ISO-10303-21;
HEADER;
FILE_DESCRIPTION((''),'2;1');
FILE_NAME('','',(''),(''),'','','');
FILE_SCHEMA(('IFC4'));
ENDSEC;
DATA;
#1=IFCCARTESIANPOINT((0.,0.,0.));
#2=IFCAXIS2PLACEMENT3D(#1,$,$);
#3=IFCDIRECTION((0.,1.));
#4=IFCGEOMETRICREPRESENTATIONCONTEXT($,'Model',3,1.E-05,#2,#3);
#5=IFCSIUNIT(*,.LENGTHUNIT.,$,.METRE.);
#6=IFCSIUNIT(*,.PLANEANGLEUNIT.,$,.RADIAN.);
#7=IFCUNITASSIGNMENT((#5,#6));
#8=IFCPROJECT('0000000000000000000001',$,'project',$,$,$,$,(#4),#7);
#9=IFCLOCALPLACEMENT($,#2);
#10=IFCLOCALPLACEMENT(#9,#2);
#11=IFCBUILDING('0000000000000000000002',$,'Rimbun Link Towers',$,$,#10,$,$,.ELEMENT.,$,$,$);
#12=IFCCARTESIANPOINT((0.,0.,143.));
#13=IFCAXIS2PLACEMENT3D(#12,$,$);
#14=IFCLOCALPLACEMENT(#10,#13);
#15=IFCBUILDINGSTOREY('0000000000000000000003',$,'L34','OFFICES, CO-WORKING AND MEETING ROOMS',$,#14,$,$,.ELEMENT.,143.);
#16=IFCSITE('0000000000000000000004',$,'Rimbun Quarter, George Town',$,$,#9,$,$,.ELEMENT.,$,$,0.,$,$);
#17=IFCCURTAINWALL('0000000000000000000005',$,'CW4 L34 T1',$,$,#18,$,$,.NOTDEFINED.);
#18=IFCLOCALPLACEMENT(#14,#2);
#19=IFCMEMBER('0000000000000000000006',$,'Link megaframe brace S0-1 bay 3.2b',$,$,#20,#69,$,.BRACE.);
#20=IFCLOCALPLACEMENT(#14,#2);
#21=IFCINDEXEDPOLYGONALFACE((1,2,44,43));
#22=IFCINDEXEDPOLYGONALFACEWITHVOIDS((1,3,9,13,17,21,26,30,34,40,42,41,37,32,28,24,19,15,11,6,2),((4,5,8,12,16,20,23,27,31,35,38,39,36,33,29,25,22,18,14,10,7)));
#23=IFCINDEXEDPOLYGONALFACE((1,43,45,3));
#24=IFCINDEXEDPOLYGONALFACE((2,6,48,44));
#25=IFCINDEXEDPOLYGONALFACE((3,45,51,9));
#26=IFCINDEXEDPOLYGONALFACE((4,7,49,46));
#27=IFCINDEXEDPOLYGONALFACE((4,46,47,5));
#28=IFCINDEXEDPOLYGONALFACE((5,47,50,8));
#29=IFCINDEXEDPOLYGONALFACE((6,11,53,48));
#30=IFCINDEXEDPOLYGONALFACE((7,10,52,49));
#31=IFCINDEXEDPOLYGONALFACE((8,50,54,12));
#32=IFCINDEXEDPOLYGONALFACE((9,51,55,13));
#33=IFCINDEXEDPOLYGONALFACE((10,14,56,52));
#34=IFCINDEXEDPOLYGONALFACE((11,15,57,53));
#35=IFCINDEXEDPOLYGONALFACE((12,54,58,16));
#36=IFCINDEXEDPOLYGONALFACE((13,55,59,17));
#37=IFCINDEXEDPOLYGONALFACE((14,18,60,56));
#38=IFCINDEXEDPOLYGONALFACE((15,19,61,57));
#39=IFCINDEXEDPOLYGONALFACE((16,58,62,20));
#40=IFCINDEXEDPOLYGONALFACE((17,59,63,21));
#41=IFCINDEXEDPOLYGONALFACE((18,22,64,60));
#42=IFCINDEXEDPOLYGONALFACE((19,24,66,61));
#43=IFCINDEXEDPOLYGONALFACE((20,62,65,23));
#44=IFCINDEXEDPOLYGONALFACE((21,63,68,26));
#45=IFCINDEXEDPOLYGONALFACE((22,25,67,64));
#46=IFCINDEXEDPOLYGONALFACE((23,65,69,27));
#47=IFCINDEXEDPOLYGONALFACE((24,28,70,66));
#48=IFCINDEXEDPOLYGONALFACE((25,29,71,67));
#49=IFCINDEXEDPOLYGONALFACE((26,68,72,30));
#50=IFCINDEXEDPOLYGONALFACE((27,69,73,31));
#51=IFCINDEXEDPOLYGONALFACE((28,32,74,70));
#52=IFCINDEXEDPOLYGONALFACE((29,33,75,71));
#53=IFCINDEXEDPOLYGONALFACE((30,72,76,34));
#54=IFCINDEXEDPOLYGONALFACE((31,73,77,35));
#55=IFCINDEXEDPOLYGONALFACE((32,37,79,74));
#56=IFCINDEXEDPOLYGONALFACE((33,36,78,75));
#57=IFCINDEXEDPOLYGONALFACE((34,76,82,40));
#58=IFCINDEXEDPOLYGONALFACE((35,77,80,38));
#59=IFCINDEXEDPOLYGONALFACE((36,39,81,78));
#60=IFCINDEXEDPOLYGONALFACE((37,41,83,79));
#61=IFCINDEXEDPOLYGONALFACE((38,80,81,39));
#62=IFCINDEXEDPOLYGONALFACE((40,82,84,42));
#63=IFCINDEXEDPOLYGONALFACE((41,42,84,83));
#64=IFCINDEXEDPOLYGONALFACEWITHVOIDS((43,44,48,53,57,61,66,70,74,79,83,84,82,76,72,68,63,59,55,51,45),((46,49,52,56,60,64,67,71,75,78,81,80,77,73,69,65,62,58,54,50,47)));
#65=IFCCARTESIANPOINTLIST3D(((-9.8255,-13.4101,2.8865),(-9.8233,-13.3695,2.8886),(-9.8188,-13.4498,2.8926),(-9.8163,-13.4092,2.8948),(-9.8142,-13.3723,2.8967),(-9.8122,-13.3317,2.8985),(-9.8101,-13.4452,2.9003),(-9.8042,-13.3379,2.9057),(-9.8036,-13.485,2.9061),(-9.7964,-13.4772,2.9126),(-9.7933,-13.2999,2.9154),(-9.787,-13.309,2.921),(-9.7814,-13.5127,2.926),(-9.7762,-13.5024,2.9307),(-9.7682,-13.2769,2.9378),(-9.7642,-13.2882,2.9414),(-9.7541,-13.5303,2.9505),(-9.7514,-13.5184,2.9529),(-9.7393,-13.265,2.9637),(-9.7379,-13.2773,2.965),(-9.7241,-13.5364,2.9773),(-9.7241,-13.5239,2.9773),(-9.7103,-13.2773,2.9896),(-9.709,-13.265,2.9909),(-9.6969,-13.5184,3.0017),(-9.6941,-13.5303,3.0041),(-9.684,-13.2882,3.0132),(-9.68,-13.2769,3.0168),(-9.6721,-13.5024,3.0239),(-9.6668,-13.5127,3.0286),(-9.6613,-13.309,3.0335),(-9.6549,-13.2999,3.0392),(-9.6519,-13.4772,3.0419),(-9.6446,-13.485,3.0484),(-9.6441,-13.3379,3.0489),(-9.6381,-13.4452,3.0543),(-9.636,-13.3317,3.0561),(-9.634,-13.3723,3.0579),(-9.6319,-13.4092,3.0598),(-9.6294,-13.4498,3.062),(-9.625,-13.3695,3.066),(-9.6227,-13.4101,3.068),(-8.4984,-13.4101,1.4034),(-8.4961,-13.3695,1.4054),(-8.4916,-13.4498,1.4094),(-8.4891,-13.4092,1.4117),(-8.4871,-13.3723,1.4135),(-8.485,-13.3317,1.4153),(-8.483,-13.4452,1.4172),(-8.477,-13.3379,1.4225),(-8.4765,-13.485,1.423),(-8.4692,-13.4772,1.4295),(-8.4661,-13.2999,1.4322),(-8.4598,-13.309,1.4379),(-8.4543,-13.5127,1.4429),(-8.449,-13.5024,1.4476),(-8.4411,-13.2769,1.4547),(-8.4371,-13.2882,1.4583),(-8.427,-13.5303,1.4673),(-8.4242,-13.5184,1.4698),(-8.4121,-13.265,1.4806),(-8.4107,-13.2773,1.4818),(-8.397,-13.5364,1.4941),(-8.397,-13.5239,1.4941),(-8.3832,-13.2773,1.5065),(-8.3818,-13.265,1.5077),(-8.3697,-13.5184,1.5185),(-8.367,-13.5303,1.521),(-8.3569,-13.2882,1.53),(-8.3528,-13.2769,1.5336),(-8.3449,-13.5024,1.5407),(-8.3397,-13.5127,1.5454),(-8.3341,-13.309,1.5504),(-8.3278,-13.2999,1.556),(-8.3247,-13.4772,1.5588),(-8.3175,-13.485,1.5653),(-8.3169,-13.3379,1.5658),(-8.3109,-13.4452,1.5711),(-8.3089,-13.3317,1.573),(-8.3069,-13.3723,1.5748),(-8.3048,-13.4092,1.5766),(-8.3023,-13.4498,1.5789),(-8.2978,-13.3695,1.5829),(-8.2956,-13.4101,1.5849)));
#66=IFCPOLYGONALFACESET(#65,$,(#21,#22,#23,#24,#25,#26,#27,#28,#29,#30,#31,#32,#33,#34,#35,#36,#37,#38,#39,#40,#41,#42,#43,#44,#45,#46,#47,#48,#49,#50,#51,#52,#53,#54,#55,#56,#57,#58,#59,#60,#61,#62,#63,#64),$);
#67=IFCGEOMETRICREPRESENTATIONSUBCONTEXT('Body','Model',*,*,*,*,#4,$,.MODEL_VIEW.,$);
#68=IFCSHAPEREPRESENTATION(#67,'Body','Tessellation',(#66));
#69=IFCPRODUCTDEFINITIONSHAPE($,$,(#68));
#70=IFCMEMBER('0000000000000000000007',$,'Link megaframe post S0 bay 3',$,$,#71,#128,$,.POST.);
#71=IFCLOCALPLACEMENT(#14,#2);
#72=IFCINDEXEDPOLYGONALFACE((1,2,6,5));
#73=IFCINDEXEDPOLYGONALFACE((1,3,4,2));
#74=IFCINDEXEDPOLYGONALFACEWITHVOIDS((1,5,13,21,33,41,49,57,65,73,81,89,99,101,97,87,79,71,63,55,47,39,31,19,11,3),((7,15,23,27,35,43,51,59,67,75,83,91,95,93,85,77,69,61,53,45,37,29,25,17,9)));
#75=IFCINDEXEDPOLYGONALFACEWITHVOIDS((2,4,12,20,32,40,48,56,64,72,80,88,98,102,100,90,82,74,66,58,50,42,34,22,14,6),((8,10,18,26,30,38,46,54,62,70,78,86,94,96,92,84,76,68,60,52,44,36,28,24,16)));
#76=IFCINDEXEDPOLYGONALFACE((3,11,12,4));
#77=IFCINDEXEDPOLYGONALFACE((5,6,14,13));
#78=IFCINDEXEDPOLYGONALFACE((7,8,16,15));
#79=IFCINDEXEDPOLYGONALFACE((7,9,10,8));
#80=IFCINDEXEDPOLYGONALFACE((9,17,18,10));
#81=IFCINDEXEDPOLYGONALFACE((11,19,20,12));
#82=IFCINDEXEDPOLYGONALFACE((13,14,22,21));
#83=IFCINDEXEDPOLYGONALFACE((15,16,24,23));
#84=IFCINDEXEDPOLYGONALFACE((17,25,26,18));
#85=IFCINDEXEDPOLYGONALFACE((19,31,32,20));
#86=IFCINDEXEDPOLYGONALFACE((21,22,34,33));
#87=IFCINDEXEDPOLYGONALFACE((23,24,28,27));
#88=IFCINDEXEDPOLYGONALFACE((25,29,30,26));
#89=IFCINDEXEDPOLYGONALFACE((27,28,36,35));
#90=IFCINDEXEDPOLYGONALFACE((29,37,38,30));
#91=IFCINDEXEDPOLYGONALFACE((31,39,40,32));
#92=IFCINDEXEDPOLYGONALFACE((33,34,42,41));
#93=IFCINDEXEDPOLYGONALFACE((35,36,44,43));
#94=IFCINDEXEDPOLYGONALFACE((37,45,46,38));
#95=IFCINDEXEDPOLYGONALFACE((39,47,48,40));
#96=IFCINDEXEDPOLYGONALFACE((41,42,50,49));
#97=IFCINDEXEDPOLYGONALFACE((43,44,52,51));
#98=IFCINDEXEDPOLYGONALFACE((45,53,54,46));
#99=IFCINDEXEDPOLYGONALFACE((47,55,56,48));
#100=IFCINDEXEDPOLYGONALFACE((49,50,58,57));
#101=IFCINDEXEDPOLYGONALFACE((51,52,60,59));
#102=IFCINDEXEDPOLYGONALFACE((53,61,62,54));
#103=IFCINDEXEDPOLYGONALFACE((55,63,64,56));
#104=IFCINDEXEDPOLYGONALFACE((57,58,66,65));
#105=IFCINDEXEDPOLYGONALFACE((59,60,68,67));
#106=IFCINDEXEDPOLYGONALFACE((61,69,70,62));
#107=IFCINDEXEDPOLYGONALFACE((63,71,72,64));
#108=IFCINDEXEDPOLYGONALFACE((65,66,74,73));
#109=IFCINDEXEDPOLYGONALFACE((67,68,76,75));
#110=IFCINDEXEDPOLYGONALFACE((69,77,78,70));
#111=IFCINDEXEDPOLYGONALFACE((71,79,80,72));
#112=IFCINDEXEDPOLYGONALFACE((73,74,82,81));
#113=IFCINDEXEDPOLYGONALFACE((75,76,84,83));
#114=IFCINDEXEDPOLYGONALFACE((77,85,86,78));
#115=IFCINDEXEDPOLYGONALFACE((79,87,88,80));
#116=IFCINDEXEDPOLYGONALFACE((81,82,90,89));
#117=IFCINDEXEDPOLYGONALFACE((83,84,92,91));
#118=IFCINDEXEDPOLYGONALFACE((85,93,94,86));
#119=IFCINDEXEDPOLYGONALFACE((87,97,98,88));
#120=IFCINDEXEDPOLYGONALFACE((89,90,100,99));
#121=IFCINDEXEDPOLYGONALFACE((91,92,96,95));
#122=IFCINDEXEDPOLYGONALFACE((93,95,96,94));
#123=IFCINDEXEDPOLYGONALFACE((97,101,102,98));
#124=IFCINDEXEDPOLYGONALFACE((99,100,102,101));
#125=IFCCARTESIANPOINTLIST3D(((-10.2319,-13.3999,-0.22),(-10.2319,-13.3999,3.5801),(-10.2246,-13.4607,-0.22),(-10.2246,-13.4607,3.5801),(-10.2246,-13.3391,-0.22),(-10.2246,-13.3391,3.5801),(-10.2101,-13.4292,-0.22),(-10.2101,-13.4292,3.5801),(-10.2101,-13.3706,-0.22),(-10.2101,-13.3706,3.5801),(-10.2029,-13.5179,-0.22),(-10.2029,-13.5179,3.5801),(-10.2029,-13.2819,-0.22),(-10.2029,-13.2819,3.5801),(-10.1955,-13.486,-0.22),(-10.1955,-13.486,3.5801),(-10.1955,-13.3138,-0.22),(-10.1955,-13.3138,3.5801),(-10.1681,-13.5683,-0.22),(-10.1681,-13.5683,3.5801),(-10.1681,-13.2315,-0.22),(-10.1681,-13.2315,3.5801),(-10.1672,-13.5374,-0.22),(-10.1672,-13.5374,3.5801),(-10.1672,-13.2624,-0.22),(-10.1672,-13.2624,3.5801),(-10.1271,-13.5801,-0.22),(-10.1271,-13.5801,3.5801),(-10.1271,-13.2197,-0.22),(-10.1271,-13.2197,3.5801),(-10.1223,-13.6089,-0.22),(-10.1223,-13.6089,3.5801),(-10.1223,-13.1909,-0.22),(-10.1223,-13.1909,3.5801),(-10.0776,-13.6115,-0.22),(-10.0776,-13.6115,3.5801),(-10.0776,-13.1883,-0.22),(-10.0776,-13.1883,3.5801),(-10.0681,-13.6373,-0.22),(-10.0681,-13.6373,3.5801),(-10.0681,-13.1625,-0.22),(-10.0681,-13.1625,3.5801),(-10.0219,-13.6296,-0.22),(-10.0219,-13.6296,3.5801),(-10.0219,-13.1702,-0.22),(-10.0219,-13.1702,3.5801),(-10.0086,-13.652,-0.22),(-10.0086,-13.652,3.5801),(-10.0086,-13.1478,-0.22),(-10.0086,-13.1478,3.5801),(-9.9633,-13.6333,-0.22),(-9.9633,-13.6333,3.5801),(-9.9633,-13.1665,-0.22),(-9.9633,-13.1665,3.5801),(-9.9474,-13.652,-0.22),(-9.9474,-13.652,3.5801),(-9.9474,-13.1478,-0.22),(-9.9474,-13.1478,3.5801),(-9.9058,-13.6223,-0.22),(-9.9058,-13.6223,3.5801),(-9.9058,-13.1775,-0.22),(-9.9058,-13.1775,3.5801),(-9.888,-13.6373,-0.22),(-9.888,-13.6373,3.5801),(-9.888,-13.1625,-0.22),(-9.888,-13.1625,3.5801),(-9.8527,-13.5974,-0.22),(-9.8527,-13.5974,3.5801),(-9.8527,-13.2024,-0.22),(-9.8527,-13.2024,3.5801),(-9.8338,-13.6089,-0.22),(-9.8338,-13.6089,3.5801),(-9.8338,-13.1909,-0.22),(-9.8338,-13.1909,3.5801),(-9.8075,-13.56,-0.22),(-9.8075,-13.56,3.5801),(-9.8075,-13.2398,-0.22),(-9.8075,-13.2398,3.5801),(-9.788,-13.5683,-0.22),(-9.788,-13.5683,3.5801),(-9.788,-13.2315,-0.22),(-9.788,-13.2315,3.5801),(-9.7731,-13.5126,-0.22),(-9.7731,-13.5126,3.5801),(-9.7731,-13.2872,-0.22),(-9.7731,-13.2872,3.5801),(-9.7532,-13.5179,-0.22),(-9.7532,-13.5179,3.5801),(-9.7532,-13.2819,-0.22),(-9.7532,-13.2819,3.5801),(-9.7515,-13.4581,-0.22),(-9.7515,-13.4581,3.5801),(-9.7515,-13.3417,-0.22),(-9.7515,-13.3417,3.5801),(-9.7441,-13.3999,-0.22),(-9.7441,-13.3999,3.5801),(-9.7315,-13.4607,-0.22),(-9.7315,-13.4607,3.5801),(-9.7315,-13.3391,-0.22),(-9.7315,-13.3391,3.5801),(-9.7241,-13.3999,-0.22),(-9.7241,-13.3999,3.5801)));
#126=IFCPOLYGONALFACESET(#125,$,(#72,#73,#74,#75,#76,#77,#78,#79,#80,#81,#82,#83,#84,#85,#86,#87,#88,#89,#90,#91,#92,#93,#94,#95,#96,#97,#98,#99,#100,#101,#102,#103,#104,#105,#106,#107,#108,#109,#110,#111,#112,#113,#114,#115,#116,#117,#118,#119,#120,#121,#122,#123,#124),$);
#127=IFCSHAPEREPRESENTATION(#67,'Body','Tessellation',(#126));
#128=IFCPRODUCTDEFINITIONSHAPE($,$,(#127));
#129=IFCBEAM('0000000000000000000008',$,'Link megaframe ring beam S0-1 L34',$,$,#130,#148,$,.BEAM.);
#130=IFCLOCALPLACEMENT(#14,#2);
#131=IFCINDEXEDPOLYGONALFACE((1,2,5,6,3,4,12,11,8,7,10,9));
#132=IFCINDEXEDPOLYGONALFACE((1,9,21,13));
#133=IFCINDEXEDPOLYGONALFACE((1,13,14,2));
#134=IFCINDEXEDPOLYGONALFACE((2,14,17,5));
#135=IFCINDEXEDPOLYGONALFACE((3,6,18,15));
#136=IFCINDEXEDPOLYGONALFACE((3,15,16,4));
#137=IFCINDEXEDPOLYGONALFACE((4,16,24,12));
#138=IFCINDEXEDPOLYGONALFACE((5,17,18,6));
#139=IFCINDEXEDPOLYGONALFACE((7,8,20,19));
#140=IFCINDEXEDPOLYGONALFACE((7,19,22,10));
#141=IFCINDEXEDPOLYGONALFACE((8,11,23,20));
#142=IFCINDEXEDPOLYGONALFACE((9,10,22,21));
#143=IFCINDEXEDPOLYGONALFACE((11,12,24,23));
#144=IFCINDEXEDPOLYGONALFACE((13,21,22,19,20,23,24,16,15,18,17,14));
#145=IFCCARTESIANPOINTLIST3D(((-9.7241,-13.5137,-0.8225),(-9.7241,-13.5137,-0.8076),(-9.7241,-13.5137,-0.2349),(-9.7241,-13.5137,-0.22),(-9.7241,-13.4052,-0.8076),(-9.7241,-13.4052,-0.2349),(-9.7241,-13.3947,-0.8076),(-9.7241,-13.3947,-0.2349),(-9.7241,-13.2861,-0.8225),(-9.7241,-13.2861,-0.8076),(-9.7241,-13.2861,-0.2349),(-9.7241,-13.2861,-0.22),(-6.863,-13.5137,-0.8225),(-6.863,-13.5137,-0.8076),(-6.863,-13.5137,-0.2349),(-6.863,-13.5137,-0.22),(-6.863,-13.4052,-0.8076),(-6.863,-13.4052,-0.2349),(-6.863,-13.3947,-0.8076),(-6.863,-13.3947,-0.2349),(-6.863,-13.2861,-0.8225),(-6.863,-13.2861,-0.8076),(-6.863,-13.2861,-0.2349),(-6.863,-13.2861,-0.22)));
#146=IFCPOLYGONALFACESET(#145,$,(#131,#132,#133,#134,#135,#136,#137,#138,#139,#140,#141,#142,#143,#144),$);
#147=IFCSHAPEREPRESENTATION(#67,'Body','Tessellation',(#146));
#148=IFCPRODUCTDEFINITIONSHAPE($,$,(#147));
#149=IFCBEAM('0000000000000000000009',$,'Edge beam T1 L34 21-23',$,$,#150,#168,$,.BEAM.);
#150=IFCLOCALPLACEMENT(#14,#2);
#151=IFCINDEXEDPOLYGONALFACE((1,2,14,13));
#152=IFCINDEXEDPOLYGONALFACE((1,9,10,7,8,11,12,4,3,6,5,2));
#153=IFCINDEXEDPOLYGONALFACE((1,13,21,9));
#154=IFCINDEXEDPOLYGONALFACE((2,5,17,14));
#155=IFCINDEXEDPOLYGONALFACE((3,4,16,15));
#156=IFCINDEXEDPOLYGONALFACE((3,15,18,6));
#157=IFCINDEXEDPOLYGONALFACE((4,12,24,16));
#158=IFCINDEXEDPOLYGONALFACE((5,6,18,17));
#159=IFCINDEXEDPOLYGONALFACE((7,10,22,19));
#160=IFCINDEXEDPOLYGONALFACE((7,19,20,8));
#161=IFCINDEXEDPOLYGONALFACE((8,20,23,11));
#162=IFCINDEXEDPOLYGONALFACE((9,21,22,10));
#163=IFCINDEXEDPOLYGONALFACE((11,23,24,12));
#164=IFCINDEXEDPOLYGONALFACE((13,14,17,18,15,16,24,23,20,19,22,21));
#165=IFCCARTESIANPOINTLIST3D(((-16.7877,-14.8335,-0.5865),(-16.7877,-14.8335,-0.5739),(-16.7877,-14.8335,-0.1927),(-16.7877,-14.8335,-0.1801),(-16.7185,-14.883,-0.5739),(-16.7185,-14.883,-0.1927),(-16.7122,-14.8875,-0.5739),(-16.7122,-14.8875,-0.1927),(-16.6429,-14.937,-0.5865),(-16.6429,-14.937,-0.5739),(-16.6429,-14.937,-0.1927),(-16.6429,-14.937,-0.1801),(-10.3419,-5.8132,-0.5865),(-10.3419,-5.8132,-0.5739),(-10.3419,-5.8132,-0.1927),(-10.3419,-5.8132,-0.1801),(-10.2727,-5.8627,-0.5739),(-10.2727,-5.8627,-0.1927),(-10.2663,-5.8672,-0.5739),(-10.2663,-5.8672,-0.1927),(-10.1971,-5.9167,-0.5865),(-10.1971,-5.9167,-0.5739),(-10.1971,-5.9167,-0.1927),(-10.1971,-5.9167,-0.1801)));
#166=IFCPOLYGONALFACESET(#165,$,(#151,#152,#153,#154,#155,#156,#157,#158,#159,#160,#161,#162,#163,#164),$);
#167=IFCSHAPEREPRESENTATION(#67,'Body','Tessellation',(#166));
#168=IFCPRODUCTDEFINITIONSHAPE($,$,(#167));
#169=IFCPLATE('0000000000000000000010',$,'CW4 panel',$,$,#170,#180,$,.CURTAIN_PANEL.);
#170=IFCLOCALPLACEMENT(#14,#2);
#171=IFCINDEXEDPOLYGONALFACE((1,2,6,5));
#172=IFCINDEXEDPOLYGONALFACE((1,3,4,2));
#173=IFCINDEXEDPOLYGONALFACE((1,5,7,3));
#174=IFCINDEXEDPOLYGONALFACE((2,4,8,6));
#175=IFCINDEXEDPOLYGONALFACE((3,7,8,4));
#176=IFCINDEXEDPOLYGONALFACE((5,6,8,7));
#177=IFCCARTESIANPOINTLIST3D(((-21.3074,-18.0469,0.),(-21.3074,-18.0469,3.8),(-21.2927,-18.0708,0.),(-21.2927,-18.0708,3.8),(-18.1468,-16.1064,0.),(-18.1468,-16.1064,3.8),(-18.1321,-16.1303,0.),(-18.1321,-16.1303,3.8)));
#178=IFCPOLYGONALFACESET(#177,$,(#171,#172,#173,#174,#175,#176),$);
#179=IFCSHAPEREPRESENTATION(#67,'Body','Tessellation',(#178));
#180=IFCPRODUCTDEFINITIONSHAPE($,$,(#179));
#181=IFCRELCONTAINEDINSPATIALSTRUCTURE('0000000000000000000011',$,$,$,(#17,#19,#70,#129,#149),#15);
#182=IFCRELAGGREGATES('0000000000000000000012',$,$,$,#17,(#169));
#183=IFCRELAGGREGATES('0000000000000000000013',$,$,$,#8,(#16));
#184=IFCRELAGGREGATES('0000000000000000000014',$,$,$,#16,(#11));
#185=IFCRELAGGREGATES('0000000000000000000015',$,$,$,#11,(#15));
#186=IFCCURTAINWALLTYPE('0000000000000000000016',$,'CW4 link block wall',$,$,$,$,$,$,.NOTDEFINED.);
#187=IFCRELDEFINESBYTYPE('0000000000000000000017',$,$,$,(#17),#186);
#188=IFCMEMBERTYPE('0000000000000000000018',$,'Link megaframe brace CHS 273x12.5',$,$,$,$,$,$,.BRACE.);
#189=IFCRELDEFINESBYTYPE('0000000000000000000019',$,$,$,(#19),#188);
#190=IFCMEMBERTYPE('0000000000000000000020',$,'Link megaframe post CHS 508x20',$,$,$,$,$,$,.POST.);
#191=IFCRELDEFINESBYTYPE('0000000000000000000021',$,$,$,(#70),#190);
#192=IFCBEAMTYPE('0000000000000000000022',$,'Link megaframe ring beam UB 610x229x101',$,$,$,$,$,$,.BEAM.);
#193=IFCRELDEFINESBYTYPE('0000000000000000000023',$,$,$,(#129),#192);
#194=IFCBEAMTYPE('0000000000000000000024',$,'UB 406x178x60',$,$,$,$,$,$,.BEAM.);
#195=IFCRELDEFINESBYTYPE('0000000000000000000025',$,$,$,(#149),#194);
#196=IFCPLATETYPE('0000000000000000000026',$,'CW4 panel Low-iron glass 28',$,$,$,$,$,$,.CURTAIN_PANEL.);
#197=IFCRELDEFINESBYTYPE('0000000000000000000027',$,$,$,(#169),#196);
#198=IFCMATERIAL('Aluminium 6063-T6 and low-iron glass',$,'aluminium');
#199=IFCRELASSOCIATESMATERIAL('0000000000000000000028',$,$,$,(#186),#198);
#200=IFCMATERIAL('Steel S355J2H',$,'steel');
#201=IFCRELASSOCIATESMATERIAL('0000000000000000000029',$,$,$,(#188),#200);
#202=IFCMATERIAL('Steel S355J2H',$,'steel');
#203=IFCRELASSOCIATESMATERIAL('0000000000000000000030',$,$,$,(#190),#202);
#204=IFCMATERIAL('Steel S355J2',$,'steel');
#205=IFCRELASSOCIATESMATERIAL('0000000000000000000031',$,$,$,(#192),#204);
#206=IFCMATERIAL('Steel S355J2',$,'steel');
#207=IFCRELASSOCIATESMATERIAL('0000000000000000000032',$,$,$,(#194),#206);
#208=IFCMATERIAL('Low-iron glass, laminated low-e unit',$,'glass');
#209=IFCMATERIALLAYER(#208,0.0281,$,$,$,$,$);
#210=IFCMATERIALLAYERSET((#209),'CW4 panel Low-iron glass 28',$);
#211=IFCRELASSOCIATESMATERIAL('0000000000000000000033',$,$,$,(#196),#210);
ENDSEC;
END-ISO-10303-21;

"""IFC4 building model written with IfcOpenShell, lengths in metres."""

from ifc_helpers import new_model, si_unit, direction, frame, origin, origin_2d, place, context, subcontext, project, spatial, rectangle, hollow_circle, i_section, extrude, material, layer, layer_set, material_profile, profile_set, type_object, element, aggregate, save


model = new_model("IFC4")

# Units and contexts
model_context = context("Model", 3, precision=1e-05, world=origin(), true_north=direction((0.0, 1.0)))
body_context = subcontext(model_context, "Body", "Model", "MODEL_VIEW")
ifc_project = project(units=[si_unit("LENGTHUNIT", "METRE"), si_unit("PLANEANGLEUNIT", "RADIAN")], contexts=[model_context])

# Site, building, storey
site_placement = place(None, origin())
site = spatial("IfcSite", under=ifc_project, at=site_placement, Name="Rimbun Quarter, George Town", CompositionType="ELEMENT", RefElevation=0.0)
building_placement = place(site_placement, origin())
building = spatial("IfcBuilding", under=site, at=building_placement, Name="Rimbun Link Towers", CompositionType="ELEMENT")
storey_placement = place(building_placement, frame((0.0, 0.0, 143.0)))
storey = spatial("IfcBuildingStorey", under=building, at=storey_placement, Name="L34", Description="OFFICES, CO-WORKING AND MEETING ROOMS", CompositionType="ELEMENT", Elevation=143.0)

# Curtain wall
ifc_material_1 = material(Name="Aluminium 6063-T6 and low-iron glass", Category="aluminium")
curtain_wall_type = type_object("IfcCurtainWallType", Name="CW4 link block wall", PredefinedType="NOTDEFINED", material=ifc_material_1)
curtain_wall_placement = place(storey_placement, origin())
curtain_wall = element("IfcCurtainWall", 1, at=curtain_wall_placement, inside=storey, type_object=curtain_wall_type, Name="CW4 L34 T1", PredefinedType="NOTDEFINED")

# Members
ifc_material_2 = material(Name="Steel S355J2H", Category="steel")
ifc_material_profile_1 = material_profile(ifc_material_2, hollow_circle(Radius=0.1365, WallThickness=0.0125, at=origin_2d()), Name="CHS 273x12.5")
ifc_profile_set_1 = profile_set([ifc_material_profile_1], Name="Steel S355J2H")
member_type_1 = type_object("IfcMemberType", Name="Link megaframe brace CHS 273x12.5", PredefinedType="BRACE", material=ifc_profile_set_1)
member_1_placement = place(storey_placement, frame((-8.397, -13.3999, 1.4941), z_axis=(-0.666827, 0.0, 0.745212), x_axis=(0.0, -1.0, 0.0)))
element("IfcMember", 2, at=member_1_placement, inside=storey, type_object=member_type_1, Name="Link megaframe brace S0-1 bay 3.2b", PredefinedType="BRACE", context=body_context, shape_type="SweptSolid", body=[
    extrude(hollow_circle(Radius=0.1365, WallThickness=0.0125, at=origin_2d()), origin(), (0.0, 0.0, 1.0), 1.9902),
])
ifc_material_3 = material(Name="Steel S355J2H", Category="steel")
ifc_material_profile_2 = material_profile(ifc_material_3, hollow_circle(Radius=0.2539, WallThickness=0.02, at=origin_2d()), Name="CHS 508x20")
ifc_profile_set_2 = profile_set([ifc_material_profile_2], Name="Steel S355J2H")
member_type_2 = type_object("IfcMemberType", Name="Link megaframe post CHS 508x20", PredefinedType="POST", material=ifc_profile_set_2)
member_2_placement = place(storey_placement, frame((-9.978, -13.3999, -0.22), z_axis=(0.0, 0.0, 1.0), x_axis=(1.0, 0.0, 0.0)))
element("IfcMember", 3, at=member_2_placement, inside=storey, type_object=member_type_2, Name="Link megaframe post S0 bay 3", PredefinedType="POST", context=body_context, shape_type="SweptSolid", body=[
    extrude(hollow_circle(Radius=0.2539, WallThickness=0.02, at=origin_2d()), origin(), (0.0, 0.0, 1.0), 3.8),
])

# Beams
ifc_material_4 = material(Name="Steel S355J2", Category="steel")
ifc_material_profile_3 = material_profile(ifc_material_4, i_section(OverallWidth=0.2275, OverallDepth=0.6025, WebThickness=0.0105, FlangeThickness=0.0149, at=origin_2d()), Name="UB 610x229x101")
ifc_profile_set_3 = profile_set([ifc_material_profile_3], Name="Steel S355J2")
beam_type_1 = type_object("IfcBeamType", Name="Link megaframe ring beam UB 610x229x101", PredefinedType="BEAM", material=ifc_profile_set_3)
beam_1_placement = place(storey_placement, frame((-9.7241, -13.3999, -0.5212), z_axis=(1.0, 0.0, 0.0), x_axis=(0.0, 1.0, 0.0)))
element("IfcBeam", 4, at=beam_1_placement, inside=storey, type_object=beam_type_1, Name="Link megaframe ring beam S0-1 L34", PredefinedType="BEAM", context=body_context, shape_type="SweptSolid", body=[
    extrude(i_section(OverallWidth=0.2275, OverallDepth=0.6025, WebThickness=0.0105, FlangeThickness=0.0149, at=origin_2d()), origin(), (0.0, 0.0, 1.0), 2.8611),
])
ifc_material_5 = material(Name="Steel S355J2", Category="steel")
ifc_material_profile_4 = material_profile(ifc_material_5, i_section(OverallWidth=0.178, OverallDepth=0.4065, WebThickness=0.0078, FlangeThickness=0.0127, at=origin_2d()), Name="UB 406x178x60")
ifc_profile_set_4 = profile_set([ifc_material_profile_4], Name="Steel S355J2")
beam_type_2 = type_object("IfcBeamType", Name="UB 406x178x60", PredefinedType="BEAM", material=ifc_profile_set_4)
beam_2_placement = place(storey_placement, frame((-16.7153, -14.8853, -0.3833), z_axis=(0.581403, 0.813616, 0.0), x_axis=(-0.813616, 0.581403, 0.0)))
element("IfcBeam", 5, at=beam_2_placement, inside=storey, type_object=beam_type_2, Name="Edge beam T1 L34 21-23", PredefinedType="BEAM", context=body_context, shape_type="SweptSolid", body=[
    extrude(i_section(OverallWidth=0.178, OverallDepth=0.4065, WebThickness=0.0078, FlangeThickness=0.0127, at=origin_2d()), origin(), (0.0, 0.0, 1.0), 11.0867),
])

# Plate
ifc_material_6 = material(Name="Low-iron glass, laminated low-e unit", Category="glass")
ifc_layer_1 = layer(ifc_material_6, 0.0281)
ifc_layer_set_1 = layer_set([ifc_layer_1], Name="CW4 panel Low-iron glass 28")
plate_type = type_object("IfcPlateType", Name="CW4 panel Low-iron glass 28", PredefinedType="CURTAIN_PANEL", material=ifc_layer_set_1)
plate_1_placement = place(storey_placement, frame((-19.7197, -17.0886, 0.0), z_axis=(0.0, 0.0, 1.0), x_axis=(-0.852194, -0.523225, 0.0)))
plate_1 = element("IfcPlate", 6, at=plate_1_placement, type_object=plate_type, Name="CW4 panel", PredefinedType="CURTAIN_PANEL", context=body_context, shape_type="SweptSolid", body=[
    extrude(rectangle(XDim=3.7087, YDim=0.0281, at=origin_2d()), origin(), (0.0, 0.0, 1.0), 3.8),
])
aggregate(curtain_wall, [plate_1])

save(model, "model.ifc")
